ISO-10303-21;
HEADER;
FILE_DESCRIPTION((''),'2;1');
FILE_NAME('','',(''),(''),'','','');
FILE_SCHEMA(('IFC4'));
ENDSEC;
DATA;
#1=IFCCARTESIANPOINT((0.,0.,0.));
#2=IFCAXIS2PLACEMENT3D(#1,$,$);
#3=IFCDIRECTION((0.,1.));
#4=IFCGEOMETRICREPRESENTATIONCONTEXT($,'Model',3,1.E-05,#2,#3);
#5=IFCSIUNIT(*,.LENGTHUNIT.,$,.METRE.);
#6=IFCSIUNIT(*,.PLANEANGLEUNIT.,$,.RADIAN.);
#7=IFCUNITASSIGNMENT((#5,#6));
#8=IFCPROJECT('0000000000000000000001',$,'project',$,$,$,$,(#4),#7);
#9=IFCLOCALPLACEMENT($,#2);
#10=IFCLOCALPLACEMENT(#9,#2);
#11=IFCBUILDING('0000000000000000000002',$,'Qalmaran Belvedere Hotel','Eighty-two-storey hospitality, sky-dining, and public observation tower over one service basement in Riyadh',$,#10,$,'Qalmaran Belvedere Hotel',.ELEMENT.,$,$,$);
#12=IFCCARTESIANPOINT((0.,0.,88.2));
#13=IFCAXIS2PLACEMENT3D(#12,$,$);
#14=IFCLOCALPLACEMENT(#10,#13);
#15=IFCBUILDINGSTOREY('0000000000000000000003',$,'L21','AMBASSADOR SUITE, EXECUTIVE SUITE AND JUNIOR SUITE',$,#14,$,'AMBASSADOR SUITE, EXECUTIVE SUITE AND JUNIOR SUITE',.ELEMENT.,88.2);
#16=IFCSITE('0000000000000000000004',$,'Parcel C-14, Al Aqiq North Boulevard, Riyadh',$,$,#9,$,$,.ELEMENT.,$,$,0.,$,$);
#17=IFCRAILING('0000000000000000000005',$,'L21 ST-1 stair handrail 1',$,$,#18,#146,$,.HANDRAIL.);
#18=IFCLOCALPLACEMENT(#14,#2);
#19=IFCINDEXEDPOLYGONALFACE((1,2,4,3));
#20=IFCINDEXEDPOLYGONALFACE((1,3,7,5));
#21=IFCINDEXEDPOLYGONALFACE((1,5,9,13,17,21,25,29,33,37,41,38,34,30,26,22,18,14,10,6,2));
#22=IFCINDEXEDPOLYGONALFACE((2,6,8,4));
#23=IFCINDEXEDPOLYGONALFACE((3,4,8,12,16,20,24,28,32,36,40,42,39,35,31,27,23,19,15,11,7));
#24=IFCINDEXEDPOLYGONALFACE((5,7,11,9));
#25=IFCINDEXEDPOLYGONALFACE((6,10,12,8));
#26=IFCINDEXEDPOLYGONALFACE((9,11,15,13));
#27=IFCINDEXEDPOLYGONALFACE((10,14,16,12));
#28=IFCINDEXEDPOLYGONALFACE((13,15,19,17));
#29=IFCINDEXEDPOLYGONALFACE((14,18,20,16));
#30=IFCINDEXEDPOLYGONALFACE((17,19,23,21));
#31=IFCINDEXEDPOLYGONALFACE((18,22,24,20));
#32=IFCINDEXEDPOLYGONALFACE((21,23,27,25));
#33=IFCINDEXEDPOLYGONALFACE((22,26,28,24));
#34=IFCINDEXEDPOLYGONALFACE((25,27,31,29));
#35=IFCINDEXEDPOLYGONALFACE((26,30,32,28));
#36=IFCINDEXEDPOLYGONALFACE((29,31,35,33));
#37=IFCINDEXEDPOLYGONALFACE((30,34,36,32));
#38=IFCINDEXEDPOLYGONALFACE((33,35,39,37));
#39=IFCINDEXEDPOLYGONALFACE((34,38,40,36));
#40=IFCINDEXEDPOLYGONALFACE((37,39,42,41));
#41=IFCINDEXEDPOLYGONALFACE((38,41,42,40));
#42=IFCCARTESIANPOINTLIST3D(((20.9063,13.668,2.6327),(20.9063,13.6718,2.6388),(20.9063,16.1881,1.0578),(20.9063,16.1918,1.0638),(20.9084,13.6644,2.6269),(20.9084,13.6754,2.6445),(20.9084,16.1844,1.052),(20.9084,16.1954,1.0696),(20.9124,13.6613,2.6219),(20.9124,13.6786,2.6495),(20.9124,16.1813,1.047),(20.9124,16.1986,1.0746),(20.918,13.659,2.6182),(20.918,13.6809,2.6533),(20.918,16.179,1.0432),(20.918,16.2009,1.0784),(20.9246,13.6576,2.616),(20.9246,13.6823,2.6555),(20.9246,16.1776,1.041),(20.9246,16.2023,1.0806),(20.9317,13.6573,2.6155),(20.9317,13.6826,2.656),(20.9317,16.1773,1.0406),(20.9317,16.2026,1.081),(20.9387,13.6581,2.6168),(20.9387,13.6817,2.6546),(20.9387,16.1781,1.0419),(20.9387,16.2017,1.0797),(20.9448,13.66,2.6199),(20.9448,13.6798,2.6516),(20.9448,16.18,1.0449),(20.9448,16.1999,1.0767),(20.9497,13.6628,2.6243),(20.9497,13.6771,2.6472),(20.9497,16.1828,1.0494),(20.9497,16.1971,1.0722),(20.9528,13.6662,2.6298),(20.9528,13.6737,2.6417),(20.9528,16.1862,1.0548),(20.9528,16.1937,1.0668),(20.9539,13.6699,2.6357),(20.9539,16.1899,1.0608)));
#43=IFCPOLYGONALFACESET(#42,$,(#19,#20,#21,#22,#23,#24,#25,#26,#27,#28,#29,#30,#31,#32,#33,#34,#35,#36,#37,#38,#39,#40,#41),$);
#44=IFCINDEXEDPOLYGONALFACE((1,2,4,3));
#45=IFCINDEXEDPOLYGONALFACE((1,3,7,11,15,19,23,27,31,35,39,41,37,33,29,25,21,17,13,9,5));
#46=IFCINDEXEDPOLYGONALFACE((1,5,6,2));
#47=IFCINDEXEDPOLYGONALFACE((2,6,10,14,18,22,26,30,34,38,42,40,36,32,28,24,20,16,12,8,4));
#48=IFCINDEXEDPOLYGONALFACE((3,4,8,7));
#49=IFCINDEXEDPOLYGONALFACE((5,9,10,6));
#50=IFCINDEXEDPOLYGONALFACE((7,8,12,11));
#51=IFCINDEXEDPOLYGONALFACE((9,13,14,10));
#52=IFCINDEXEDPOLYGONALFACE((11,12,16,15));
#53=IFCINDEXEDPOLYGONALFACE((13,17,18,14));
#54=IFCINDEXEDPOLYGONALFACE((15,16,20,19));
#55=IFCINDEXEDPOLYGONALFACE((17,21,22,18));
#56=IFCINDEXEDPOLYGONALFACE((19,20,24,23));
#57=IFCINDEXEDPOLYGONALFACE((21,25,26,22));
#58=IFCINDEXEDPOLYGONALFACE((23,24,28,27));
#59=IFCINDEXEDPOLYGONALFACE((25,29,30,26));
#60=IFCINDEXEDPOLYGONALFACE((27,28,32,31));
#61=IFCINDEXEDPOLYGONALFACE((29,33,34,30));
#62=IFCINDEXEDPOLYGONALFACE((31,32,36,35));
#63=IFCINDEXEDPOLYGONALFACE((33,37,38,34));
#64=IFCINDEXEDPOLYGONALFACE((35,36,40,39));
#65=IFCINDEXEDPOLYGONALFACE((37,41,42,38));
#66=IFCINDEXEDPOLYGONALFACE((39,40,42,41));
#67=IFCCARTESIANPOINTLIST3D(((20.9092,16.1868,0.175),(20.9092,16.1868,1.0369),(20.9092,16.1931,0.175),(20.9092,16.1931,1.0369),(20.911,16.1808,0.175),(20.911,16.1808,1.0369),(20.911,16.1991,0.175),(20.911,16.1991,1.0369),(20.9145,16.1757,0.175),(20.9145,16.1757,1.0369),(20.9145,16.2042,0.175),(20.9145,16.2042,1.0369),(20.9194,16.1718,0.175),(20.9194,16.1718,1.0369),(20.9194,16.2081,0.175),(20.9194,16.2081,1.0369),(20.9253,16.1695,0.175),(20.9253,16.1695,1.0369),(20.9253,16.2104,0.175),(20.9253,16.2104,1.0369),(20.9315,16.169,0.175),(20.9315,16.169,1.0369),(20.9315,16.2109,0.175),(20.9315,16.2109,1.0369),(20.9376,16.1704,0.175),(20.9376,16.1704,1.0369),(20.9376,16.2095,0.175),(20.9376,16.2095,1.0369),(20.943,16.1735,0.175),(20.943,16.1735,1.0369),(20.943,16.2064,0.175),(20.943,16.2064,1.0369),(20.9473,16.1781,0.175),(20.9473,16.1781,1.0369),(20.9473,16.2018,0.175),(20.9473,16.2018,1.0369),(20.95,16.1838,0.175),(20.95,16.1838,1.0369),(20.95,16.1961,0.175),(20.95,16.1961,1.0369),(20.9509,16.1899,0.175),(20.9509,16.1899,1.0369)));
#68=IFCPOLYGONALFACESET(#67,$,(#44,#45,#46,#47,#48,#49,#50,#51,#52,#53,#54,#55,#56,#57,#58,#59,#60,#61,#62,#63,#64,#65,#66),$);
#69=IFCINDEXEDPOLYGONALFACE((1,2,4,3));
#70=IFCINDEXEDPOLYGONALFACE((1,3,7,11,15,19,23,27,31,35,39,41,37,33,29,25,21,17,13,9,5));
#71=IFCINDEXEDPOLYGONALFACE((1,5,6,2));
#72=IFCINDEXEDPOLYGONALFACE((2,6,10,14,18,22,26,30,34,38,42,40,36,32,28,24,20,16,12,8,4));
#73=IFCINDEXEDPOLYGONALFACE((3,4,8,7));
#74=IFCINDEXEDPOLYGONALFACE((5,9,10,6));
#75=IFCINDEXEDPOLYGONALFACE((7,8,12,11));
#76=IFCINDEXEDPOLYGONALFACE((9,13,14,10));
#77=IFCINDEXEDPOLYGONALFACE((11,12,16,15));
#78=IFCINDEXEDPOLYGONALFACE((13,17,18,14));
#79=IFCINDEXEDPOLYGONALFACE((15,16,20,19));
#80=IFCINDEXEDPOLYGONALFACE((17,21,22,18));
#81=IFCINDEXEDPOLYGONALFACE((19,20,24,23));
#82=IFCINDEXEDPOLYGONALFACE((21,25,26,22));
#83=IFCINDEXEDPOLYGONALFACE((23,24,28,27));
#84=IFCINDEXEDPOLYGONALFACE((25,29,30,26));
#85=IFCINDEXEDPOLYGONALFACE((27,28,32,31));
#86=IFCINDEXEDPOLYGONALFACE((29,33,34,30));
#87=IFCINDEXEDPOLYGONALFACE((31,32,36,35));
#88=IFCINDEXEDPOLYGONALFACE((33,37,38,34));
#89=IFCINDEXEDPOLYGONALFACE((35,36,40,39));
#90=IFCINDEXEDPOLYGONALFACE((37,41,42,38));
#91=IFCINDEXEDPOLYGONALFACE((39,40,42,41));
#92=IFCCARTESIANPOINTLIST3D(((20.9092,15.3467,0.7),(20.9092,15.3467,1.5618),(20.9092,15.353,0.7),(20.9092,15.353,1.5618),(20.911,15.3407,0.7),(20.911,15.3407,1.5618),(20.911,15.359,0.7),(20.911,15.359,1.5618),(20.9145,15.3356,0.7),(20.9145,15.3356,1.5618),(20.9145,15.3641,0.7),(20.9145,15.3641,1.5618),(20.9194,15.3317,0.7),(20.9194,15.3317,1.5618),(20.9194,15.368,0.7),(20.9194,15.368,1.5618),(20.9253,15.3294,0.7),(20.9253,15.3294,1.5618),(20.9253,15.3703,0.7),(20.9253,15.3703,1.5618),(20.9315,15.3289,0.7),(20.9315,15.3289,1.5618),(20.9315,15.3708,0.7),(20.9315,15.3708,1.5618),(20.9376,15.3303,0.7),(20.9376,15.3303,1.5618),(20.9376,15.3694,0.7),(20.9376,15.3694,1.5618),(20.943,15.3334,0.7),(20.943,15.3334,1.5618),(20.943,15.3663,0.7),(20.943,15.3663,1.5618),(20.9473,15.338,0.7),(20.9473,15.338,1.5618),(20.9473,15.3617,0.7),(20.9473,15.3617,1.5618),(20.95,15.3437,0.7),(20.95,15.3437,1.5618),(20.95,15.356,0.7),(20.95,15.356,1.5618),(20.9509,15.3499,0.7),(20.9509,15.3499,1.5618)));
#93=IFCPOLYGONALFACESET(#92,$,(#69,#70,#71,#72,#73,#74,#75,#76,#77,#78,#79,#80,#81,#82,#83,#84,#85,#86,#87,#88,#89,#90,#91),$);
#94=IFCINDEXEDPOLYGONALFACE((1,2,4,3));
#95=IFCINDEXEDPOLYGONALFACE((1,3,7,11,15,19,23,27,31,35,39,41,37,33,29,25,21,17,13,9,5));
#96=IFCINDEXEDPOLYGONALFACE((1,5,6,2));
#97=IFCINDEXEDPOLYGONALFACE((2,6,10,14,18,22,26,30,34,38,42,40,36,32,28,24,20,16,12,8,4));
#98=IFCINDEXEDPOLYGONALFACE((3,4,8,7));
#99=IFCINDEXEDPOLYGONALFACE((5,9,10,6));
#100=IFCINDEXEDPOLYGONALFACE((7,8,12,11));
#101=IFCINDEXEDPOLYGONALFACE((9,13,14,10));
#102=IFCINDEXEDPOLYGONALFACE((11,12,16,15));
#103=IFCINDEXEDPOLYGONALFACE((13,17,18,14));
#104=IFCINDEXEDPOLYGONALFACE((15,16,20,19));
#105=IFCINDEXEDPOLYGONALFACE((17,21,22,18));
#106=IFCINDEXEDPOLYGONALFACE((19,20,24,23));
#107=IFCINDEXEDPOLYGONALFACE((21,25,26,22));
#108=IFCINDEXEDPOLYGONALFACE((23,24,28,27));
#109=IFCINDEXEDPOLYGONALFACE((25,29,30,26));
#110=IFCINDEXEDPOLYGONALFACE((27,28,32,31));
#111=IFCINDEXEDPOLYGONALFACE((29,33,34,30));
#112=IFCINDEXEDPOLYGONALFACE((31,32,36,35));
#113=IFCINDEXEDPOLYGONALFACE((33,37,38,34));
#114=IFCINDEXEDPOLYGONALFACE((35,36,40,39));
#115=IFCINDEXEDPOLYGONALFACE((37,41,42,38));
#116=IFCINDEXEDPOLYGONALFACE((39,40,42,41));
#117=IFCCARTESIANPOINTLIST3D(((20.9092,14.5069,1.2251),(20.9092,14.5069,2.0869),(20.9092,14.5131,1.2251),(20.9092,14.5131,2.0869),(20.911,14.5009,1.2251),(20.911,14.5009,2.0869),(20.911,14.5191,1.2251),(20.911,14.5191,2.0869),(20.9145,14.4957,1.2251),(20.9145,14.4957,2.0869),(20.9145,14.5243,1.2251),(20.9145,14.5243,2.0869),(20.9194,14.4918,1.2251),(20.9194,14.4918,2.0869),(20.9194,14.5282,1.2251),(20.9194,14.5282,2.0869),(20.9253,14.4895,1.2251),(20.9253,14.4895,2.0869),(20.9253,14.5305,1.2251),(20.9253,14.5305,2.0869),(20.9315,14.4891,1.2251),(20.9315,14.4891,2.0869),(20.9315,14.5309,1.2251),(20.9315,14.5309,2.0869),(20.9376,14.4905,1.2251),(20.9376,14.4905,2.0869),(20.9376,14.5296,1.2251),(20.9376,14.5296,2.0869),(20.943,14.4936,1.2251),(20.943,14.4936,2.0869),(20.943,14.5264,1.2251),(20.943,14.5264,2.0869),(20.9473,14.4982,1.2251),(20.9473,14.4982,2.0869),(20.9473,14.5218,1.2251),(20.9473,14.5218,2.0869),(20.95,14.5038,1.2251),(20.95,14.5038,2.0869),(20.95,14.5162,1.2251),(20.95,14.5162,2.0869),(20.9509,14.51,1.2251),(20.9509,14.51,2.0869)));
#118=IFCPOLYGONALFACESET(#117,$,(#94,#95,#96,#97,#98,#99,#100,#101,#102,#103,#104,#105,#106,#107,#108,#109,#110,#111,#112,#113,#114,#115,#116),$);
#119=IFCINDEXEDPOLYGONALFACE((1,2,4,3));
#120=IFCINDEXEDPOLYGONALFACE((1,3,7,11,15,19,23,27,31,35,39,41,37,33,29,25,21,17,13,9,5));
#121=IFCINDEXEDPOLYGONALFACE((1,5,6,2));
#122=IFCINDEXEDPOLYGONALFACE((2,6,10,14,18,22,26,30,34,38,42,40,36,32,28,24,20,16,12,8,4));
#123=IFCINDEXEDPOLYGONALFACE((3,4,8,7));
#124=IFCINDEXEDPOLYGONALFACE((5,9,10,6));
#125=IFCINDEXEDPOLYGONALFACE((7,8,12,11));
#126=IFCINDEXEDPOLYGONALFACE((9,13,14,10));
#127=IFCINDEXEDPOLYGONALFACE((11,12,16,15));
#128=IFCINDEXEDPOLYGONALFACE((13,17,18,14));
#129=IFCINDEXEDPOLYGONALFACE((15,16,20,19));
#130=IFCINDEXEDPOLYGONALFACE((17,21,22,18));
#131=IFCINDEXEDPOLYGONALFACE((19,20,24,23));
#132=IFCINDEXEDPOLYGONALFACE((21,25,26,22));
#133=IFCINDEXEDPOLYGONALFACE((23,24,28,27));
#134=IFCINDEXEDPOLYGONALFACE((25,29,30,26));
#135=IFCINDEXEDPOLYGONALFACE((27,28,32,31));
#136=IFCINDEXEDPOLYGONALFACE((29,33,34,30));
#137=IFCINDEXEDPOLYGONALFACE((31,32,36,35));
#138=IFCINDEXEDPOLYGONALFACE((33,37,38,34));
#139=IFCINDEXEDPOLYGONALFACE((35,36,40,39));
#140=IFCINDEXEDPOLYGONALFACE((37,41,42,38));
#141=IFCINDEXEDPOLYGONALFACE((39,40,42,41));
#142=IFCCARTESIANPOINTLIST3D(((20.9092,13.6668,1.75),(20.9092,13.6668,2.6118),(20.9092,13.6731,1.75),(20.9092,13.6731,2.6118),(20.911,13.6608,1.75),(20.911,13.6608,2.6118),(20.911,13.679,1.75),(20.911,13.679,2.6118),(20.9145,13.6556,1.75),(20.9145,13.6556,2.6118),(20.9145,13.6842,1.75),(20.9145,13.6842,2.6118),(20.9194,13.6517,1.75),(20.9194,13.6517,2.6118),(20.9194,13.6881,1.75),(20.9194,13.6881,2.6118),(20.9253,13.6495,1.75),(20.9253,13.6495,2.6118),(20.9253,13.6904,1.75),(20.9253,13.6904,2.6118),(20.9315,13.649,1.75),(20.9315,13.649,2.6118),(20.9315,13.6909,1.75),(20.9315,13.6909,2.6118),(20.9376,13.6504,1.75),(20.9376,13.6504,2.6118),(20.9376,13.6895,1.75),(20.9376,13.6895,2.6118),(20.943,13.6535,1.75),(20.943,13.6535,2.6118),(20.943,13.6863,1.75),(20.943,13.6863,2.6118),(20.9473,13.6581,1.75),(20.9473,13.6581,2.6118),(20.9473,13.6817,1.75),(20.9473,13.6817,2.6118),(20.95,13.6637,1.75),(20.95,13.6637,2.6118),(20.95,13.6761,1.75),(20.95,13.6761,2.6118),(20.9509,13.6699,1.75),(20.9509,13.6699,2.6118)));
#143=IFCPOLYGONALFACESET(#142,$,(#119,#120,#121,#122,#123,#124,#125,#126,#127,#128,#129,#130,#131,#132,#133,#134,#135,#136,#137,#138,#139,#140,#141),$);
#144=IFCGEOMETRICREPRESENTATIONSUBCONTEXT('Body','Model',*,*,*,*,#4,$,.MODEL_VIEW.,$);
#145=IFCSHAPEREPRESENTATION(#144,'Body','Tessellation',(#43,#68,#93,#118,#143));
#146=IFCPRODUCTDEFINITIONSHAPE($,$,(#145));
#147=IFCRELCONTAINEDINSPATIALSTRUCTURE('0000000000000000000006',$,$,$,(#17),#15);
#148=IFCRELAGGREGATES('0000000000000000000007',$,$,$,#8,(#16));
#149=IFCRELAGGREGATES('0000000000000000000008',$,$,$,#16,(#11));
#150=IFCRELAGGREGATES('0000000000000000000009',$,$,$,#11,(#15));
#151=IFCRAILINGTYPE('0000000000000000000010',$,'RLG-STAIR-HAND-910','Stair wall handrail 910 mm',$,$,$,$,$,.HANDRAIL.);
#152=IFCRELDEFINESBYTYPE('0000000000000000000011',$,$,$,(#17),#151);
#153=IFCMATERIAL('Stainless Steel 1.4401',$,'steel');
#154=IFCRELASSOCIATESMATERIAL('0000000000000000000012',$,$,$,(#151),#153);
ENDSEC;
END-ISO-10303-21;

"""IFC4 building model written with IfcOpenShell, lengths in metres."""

from ifc_helpers import new_model, si_unit, direction, frame, origin, origin_2d, place, context, subcontext, project, spatial, circle, extrude, material, type_object, element, save


model = new_model("IFC4")

# Units and contexts
model_context = context("Model", 3, precision=1e-05, world=origin(), true_north=direction((0.0, 1.0)))
body_context = subcontext(model_context, "Body", "Model", "MODEL_VIEW")
ifc_project = project(units=[si_unit("LENGTHUNIT", "METRE"), si_unit("PLANEANGLEUNIT", "RADIAN")], contexts=[model_context])

# Site, building, storey
site_placement = place(None, origin())
site = spatial("IfcSite", under=ifc_project, at=site_placement, Name="Parcel C-14, Al Aqiq North Boulevard, Riyadh", CompositionType="ELEMENT", RefElevation=0.0)
building_placement = place(site_placement, origin())
building = spatial("IfcBuilding", under=site, at=building_placement, Name="Qalmaran Belvedere Hotel", Description="Eighty-two-storey hospitality, sky-dining, and public observation tower over one service basement in Riyadh", LongName="Qalmaran Belvedere Hotel", CompositionType="ELEMENT")
storey_placement = place(building_placement, frame((0.0, 0.0, 88.2)))
storey = spatial("IfcBuildingStorey", under=building, at=storey_placement, Name="L21", Description="AMBASSADOR SUITE, EXECUTIVE SUITE AND JUNIOR SUITE", LongName="AMBASSADOR SUITE, EXECUTIVE SUITE AND JUNIOR SUITE", CompositionType="ELEMENT", Elevation=88.2)

# Shared definitions
ifc_material_1 = material(Name="Stainless Steel 1.4401", Category="steel")

# Railing
railing_type_1 = type_object("IfcRailingType", Name="RLG-STAIR-HAND-910", Description="Stair wall handrail 910 mm", PredefinedType="HANDRAIL", material=ifc_material_1)
railing_1_placement = place(storey_placement, frame((20.9299, 16.1899, 0.175)))
element("IfcRailing", 1, at=railing_1_placement, inside=storey, type_object=railing_type_1, Name="L21 ST-1 stair handrail 1", PredefinedType="HANDRAIL", context=body_context, shape_type="SweptSolid", body=[
    extrude(circle(Radius=0.0239, at=origin_2d()), frame((0.0, 0.0, 0.8857), z_axis=(0.0, -0.848008, 0.529984), x_axis=(1.0, 0.0, 0.0)), (0.0, 0.0, 1.0), 2.9717),
    extrude(circle(Radius=0.021, at=origin_2d()), origin(), (0.0, 0.0, 1.0), 0.8618),
    extrude(circle(Radius=0.021, at=origin_2d()), frame((0.0, -0.8401, 0.5249)), (0.0, 0.0, 1.0), 0.8618),
    extrude(circle(Radius=0.021, at=origin_2d()), frame((0.0, -1.6799, 1.05)), (0.0, 0.0, 1.0), 0.8618),
    extrude(circle(Radius=0.021, at=origin_2d()), frame((0.0, -2.52, 1.575)), (0.0, 0.0, 1.0), 0.8618),
])

save(model, "model.ifc")
